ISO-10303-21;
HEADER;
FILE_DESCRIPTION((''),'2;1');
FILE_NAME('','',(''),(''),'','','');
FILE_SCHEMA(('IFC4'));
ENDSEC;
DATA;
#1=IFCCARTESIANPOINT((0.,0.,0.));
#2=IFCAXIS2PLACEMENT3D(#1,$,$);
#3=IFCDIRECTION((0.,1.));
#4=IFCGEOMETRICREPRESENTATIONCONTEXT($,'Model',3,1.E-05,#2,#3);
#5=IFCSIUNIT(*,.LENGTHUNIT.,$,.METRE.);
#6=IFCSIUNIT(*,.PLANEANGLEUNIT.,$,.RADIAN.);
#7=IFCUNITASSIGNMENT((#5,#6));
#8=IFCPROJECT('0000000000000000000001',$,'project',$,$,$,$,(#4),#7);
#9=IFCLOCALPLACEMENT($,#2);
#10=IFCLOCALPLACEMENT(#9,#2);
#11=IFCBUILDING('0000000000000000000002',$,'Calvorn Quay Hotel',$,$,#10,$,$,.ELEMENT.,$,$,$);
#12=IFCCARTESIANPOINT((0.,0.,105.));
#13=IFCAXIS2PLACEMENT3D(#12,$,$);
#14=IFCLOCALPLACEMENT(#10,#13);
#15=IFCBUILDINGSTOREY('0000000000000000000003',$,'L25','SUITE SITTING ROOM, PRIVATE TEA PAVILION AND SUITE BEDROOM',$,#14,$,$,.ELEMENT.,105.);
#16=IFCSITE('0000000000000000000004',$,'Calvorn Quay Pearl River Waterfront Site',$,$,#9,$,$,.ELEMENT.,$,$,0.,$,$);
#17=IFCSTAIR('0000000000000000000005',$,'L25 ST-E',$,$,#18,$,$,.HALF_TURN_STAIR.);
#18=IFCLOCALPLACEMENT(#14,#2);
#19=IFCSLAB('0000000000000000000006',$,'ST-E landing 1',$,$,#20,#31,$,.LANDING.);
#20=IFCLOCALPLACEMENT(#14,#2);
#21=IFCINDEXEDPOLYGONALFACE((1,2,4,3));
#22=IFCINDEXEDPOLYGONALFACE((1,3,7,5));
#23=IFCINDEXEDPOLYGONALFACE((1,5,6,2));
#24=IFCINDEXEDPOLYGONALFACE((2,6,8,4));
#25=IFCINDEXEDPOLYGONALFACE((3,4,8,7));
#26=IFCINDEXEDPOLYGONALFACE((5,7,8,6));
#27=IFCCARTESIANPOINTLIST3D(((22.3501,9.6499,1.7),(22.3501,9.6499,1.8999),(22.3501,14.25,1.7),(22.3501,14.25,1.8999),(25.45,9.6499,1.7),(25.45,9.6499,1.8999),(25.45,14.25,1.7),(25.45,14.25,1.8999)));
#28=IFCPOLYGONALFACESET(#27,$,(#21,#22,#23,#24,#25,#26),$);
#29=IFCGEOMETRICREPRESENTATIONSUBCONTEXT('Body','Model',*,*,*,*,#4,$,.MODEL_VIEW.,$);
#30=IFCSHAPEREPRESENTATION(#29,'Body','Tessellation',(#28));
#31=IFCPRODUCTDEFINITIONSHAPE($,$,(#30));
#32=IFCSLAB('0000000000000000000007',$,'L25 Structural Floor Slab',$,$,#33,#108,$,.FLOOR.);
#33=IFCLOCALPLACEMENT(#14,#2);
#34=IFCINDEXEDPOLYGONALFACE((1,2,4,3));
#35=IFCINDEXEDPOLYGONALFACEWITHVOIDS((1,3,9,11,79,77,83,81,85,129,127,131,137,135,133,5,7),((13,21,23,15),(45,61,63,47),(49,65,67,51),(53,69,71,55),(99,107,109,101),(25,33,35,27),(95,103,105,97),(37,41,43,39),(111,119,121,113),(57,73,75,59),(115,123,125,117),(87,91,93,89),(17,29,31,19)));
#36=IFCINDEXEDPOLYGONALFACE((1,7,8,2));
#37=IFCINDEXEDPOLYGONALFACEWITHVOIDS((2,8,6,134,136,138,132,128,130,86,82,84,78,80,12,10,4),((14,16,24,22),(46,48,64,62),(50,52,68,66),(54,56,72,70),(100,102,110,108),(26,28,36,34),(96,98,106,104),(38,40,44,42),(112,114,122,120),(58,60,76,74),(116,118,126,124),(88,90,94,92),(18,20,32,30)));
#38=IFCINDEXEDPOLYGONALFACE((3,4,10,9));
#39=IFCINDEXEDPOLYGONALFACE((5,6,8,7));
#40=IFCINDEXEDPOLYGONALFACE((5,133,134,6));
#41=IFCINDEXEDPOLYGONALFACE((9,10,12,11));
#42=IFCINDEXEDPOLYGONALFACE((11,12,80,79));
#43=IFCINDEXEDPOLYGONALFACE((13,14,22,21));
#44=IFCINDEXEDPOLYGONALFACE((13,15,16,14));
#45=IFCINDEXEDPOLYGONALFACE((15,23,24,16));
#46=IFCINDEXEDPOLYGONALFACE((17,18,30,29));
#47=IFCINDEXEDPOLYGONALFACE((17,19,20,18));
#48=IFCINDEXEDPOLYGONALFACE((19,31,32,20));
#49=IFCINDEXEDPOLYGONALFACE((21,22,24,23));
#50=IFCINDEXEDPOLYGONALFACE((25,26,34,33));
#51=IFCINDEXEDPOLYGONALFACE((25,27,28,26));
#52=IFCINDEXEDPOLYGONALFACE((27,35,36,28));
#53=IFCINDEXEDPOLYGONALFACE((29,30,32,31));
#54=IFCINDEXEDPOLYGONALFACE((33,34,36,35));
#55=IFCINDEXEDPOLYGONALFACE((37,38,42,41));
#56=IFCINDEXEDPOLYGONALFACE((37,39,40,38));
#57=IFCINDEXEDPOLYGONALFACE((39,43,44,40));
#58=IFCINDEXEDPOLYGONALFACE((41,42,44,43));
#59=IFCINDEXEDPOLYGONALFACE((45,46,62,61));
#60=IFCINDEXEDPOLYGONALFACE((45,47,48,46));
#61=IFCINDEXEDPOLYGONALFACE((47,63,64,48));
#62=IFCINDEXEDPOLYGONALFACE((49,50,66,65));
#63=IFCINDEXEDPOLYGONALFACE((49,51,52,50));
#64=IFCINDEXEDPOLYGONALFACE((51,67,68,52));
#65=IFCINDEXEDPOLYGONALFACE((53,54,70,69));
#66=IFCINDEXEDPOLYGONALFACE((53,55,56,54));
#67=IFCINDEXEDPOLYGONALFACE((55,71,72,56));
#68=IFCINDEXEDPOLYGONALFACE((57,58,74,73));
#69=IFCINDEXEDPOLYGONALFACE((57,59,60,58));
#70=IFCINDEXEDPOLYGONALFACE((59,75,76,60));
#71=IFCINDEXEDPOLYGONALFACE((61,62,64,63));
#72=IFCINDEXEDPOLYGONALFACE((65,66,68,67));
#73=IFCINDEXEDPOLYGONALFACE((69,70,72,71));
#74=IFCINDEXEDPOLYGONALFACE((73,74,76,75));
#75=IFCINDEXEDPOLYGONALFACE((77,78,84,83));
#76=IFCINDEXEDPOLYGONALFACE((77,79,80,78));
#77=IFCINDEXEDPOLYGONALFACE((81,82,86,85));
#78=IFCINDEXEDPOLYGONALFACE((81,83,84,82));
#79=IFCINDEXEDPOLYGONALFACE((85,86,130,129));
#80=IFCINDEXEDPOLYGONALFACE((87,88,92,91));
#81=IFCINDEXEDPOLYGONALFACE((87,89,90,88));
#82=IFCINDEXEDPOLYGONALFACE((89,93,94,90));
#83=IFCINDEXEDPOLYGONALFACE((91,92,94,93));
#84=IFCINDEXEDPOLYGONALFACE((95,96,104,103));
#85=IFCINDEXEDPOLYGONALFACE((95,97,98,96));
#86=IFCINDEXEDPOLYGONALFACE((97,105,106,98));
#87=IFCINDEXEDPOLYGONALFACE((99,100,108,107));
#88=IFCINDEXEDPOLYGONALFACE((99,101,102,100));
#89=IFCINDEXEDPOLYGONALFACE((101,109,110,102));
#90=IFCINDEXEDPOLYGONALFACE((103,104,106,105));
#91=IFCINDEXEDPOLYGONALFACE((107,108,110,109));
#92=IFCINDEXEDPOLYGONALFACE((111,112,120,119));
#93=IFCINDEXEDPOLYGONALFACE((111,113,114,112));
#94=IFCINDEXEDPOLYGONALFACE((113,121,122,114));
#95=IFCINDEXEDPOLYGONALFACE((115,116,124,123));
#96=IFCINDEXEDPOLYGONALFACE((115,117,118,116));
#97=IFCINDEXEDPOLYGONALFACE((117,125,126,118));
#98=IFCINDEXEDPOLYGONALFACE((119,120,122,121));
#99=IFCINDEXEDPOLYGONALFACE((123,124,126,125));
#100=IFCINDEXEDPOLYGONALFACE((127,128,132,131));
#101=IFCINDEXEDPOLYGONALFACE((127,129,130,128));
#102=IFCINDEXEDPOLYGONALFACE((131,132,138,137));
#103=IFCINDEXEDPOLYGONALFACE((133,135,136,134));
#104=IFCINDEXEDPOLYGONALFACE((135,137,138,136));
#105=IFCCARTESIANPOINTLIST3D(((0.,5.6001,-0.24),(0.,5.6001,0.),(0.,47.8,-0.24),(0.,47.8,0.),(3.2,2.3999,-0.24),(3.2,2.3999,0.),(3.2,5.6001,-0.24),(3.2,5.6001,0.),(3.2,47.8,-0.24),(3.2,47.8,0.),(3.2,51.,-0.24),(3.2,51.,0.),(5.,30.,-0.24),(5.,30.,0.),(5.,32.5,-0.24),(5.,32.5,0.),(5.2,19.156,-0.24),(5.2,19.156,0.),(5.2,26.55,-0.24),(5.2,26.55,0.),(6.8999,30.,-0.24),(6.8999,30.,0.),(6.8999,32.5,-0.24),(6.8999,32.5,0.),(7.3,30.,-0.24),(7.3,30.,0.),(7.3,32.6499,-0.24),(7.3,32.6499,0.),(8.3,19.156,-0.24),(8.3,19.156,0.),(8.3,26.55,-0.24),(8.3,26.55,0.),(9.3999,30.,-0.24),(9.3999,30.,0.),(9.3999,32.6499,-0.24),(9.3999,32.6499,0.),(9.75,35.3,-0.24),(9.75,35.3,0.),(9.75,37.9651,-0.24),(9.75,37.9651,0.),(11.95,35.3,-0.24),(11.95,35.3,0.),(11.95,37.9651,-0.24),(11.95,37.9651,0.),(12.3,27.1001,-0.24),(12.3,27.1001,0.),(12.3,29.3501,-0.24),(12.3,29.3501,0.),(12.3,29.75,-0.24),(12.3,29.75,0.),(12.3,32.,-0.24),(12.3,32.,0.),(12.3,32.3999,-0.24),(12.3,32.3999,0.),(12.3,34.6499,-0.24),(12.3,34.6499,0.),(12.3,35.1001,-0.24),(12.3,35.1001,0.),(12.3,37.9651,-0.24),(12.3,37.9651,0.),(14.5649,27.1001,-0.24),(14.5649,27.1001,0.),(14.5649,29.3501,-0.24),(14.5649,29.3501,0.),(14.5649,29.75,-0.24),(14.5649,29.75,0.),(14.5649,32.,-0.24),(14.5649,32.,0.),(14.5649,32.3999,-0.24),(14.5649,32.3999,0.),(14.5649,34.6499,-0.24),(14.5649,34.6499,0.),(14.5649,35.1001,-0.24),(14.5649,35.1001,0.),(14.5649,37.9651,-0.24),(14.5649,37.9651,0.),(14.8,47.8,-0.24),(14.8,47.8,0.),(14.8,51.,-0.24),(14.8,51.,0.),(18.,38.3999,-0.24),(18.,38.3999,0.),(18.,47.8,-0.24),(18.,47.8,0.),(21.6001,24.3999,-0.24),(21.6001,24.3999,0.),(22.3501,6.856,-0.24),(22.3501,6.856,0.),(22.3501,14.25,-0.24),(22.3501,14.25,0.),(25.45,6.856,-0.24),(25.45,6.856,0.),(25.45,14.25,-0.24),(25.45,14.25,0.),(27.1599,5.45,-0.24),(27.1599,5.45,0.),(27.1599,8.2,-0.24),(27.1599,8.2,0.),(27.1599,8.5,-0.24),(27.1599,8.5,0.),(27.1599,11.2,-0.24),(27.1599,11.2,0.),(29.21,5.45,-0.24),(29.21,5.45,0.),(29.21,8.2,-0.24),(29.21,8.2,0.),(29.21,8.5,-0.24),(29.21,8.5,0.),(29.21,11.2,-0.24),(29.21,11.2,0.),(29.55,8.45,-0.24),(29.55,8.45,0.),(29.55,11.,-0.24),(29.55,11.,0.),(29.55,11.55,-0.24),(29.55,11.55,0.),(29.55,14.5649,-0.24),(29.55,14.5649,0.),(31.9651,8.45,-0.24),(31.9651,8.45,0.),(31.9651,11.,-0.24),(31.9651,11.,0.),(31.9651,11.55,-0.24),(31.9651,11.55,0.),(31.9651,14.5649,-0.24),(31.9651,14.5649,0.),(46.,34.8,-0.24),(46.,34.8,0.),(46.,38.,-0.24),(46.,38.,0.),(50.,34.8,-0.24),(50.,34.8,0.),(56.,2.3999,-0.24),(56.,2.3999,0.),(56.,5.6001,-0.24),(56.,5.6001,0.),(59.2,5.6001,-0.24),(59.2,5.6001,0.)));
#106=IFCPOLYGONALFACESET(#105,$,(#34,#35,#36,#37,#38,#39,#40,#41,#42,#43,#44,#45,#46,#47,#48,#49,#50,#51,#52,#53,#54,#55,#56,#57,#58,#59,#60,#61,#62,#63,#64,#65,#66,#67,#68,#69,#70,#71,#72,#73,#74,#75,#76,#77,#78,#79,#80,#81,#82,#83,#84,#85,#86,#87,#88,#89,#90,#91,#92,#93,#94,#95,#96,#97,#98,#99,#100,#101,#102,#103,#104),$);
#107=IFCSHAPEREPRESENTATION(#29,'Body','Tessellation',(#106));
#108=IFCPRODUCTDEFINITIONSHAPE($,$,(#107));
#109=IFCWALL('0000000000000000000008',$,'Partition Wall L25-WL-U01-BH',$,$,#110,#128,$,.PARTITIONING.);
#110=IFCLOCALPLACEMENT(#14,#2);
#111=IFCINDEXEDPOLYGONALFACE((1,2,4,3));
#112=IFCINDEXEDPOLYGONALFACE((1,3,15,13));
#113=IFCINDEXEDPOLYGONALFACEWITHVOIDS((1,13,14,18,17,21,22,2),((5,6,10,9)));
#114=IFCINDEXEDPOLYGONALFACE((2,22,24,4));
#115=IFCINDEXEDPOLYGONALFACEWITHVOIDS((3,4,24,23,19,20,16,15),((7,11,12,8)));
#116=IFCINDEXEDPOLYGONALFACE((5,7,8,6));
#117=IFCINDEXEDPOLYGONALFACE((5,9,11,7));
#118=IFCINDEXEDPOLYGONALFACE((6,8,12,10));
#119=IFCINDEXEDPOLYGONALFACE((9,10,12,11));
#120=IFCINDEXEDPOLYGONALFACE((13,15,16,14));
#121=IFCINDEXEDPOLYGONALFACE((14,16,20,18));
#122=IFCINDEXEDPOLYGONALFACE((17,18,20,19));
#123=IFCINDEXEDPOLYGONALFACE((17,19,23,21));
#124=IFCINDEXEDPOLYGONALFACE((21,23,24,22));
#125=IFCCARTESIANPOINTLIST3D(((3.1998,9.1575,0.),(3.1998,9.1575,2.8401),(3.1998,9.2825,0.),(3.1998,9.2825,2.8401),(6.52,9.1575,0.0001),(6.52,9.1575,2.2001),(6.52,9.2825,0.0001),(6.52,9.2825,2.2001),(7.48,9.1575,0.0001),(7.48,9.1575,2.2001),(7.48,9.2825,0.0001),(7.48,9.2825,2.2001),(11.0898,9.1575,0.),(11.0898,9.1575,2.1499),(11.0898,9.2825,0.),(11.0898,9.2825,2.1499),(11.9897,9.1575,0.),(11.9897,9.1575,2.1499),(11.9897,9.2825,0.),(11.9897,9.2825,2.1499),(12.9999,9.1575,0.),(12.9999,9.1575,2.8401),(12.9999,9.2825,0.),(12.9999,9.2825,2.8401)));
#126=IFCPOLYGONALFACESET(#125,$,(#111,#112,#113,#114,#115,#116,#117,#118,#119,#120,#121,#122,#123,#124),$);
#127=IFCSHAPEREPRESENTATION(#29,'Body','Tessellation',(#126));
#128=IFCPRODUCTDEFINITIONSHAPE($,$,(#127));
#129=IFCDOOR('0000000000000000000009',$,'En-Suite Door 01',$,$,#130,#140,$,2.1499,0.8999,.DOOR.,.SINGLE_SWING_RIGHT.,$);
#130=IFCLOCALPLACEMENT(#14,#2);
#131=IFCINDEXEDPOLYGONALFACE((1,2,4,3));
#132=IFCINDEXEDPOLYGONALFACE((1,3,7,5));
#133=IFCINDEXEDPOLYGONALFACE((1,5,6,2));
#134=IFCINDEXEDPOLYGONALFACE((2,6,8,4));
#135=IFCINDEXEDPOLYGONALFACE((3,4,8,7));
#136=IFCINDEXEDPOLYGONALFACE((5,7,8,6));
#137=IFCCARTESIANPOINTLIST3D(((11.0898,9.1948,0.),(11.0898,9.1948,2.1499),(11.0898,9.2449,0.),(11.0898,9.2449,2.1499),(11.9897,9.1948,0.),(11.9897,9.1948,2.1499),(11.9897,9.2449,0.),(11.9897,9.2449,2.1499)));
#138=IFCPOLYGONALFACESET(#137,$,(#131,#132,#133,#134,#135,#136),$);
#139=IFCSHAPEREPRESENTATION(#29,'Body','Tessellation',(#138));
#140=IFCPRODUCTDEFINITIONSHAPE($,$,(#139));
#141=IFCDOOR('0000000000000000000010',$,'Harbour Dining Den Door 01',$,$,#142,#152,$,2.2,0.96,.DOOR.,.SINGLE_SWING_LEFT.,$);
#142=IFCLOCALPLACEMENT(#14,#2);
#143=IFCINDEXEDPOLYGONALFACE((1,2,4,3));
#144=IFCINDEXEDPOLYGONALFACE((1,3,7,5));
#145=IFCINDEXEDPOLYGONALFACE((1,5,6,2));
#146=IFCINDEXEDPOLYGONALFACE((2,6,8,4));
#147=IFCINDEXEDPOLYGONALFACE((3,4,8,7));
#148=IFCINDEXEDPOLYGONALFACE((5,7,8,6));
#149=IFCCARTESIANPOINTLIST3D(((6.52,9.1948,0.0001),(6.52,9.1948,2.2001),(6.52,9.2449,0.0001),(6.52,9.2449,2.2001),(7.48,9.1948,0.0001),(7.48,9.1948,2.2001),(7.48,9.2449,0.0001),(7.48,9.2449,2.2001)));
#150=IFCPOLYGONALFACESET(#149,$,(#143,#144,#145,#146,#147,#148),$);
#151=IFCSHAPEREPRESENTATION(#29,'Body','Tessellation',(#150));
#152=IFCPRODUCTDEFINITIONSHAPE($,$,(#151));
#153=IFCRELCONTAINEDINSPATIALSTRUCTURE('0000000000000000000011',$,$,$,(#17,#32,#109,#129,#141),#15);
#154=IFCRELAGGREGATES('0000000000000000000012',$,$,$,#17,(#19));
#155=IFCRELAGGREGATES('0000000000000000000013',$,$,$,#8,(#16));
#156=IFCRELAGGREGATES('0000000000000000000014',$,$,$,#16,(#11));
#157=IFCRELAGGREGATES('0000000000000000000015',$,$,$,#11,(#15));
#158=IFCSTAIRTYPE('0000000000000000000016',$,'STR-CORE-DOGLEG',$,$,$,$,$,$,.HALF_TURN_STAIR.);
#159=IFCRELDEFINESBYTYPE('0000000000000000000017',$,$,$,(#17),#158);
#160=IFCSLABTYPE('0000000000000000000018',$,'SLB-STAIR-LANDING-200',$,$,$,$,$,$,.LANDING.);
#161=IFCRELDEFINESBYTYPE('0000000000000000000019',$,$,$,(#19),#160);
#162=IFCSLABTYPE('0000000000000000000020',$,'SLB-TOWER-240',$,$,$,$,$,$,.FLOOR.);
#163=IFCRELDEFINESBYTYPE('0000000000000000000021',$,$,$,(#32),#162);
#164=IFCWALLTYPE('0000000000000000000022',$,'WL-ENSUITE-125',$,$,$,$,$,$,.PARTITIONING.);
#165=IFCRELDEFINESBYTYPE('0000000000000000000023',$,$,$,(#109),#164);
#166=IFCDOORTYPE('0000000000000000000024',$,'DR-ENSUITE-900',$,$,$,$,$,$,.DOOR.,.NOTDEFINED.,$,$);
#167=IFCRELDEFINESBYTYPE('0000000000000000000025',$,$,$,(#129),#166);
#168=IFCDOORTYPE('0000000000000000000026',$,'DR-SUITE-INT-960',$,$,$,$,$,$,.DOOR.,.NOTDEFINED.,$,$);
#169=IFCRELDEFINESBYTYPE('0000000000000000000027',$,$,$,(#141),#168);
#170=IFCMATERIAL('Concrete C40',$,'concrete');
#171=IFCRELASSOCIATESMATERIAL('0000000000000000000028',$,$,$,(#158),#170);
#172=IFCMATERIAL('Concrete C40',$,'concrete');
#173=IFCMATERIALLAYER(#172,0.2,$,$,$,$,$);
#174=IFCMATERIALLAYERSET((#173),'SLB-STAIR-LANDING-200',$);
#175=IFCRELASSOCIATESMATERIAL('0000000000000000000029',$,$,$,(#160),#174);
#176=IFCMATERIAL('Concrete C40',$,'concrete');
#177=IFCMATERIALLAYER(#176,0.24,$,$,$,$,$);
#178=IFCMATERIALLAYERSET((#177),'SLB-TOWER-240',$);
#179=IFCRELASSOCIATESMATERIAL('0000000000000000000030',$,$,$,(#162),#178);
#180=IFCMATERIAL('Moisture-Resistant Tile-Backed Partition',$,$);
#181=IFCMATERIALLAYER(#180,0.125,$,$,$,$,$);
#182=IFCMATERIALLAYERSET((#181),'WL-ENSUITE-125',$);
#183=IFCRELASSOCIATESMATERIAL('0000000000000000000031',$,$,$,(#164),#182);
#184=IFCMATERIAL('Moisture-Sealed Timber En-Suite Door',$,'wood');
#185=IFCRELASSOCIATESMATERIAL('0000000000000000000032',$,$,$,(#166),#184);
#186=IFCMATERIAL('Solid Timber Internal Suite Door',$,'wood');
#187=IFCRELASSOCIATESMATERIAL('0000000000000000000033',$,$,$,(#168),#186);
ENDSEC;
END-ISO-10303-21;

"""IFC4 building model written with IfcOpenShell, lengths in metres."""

from ifc_helpers import new_model, si_unit, direction, frame, frame_2d, origin, place, context, subcontext, project, spatial, polyline, rectangle, outline, extrude, material, layer, layer_set, type_object, element, fill, aggregate, save


model = new_model("IFC4")

# Units and contexts
model_context = context("Model", 3, precision=1e-05, world=origin(), true_north=direction((0.0, 1.0)))
body_context = subcontext(model_context, "Body", "Model", "MODEL_VIEW")
ifc_project = project(units=[si_unit("LENGTHUNIT", "METRE"), si_unit("PLANEANGLEUNIT", "RADIAN")], contexts=[model_context])

# Site, building, storey
site_placement = place(None, origin())
site = spatial("IfcSite", under=ifc_project, at=site_placement, Name="Calvorn Quay Pearl River Waterfront Site", CompositionType="ELEMENT", RefElevation=0.0)
building_placement = place(site_placement, origin())
building = spatial("IfcBuilding", under=site, at=building_placement, Name="Calvorn Quay Hotel", CompositionType="ELEMENT")
storey_placement = place(building_placement, frame((0.0, 0.0, 105.0)))
storey = spatial("IfcBuildingStorey", under=building, at=storey_placement, Name="L25", Description="SUITE SITTING ROOM, PRIVATE TEA PAVILION AND SUITE BEDROOM", CompositionType="ELEMENT", Elevation=105.0)

# Stair, slab
ifc_material_1 = material(Name="Concrete C40", Category="concrete")
stair_type = type_object("IfcStairType", Name="STR-CORE-DOGLEG", PredefinedType="HALF_TURN_STAIR", material=ifc_material_1)
ifc_material_2 = material(Name="Concrete C40", Category="concrete")
ifc_layer_1 = layer(ifc_material_2, 0.2)
ifc_layer_set_1 = layer_set([ifc_layer_1], Name="SLB-STAIR-LANDING-200")
slab_type_1 = type_object("IfcSlabType", Name="SLB-STAIR-LANDING-200", PredefinedType="LANDING", material=ifc_layer_set_1)
stair_1_placement = place(storey_placement, origin())
stair_1 = element("IfcStair", 1, at=stair_1_placement, inside=storey, type_object=stair_type, Name="L25 ST-E", PredefinedType="HALF_TURN_STAIR")
slab_1_placement = place(storey_placement, frame((0.0, 0.0, 1.7)))
slab_1 = element("IfcSlab", 2, at=slab_1_placement, type_object=slab_type_1, Name="ST-E landing 1", PredefinedType="LANDING", context=body_context, shape_type="SweptSolid", body=[
    extrude(outline(polyline([(25.45, 9.6499), (25.45, 14.25), (22.3501, 14.25), (22.3501, 9.6499), (25.45, 9.6499)])), origin(), (0.0, 0.0, 1.0), 0.2),
])
aggregate(stair_1, [slab_1])

# Slab
ifc_material_3 = material(Name="Concrete C40", Category="concrete")
ifc_layer_2 = layer(ifc_material_3, 0.24)
ifc_layer_set_2 = layer_set([ifc_layer_2], Name="SLB-TOWER-240")
slab_type_2 = type_object("IfcSlabType", Name="SLB-TOWER-240", PredefinedType="FLOOR", material=ifc_layer_set_2)
slab_2_placement = place(storey_placement, frame((0.0, 0.0, -0.24)))
element("IfcSlab", 3, at=slab_2_placement, inside=storey, type_object=slab_type_2, Name="L25 Structural Floor Slab", PredefinedType="FLOOR", context=body_context, shape_type="SweptSolid", body=[
    extrude(outline(polyline([(0.0, 5.6001), (3.2, 5.6001), (3.2, 2.3999), (56.0, 2.3999), (56.0, 5.6001), (59.2, 5.6001), (50.0, 34.8), (46.0, 34.8), (46.0, 38.0), (21.6001, 24.3999), (18.0, 38.3999), (18.0, 47.8), (14.8, 47.8), (14.8, 51.0), (3.2, 51.0), (3.2, 47.8), (0.0, 47.8), (0.0, 5.6001)]), holes=[polyline([(5.2, 19.156), (8.3, 19.156), (8.3, 26.55), (5.2, 26.55), (5.2, 19.156)]), polyline([(22.3501, 6.856), (25.45, 6.856), (25.45, 14.25), (22.3501, 14.25), (22.3501, 6.856)]), polyline([(5.0, 30.0), (6.8999, 30.0), (6.8999, 32.5), (5.0, 32.5), (5.0, 30.0)]), polyline([(7.3, 30.0), (9.3999, 30.0), (9.3999, 32.6499), (7.3, 32.6499), (7.3, 30.0)]), polyline([(27.1599, 8.5), (29.21, 8.5), (29.21, 11.2), (27.1599, 11.2), (27.1599, 8.5)]), polyline([(27.1599, 5.45), (29.21, 5.45), (29.21, 8.2), (27.1599, 8.2), (27.1599, 5.45)]), polyline([(12.3, 27.1001), (14.5649, 27.1001), (14.5649, 29.3501), (12.3, 29.3501), (12.3, 27.1001)]), polyline([(12.3, 29.75), (14.5649, 29.75), (14.5649, 32.0), (12.3, 32.0), (12.3, 29.75)]), polyline([(12.3, 32.3999), (14.5649, 32.3999), (14.5649, 34.6499), (12.3, 34.6499), (12.3, 32.3999)]), polyline([(12.3, 35.1001), (14.5649, 35.1001), (14.5649, 37.9651), (12.3, 37.9651), (12.3, 35.1001)]), polyline([(9.75, 35.3), (11.95, 35.3), (11.95, 37.9651), (9.75, 37.9651), (9.75, 35.3)]), polyline([(29.55, 11.55), (31.9651, 11.55), (31.9651, 14.5649), (29.55, 14.5649), (29.55, 11.55)]), polyline([(29.55, 8.45), (31.9651, 8.45), (31.9651, 11.0), (29.55, 11.0), (29.55, 8.45)])]), origin(), (0.0, 0.0, 1.0), 0.24),
])

# Wall, openings, doors
ifc_material_4 = material(Name="Moisture-Resistant Tile-Backed Partition")
ifc_layer_3 = layer(ifc_material_4, 0.125)
ifc_layer_set_3 = layer_set([ifc_layer_3], Name="WL-ENSUITE-125")
wall_type_1 = type_object("IfcWallType", Name="WL-ENSUITE-125", PredefinedType="PARTITIONING", material=ifc_layer_set_3)
wall_1_placement = place(storey_placement, frame((3.2, 9.22, 0.0), z_axis=(0.0, 0.0, 1.0), x_axis=(1.0, 0.0, 0.0)))
wall_1 = element("IfcWall", 4, at=wall_1_placement, inside=storey, type_object=wall_type_1, Name="Partition Wall L25-WL-U01-BH", PredefinedType="PARTITIONING", context=body_context, shape_type="SweptSolid", body=[
    extrude(rectangle(XDim=9.8, YDim=0.125, at=frame_2d((4.8999, 0.0))), origin(), (0.0, 0.0, 1.0), 2.8401),
])
opening_1_placement = place(wall_1_placement, frame((3.3201, 0.0, 0.0)))
opening_1 = element("IfcOpeningElement", 5, at=opening_1_placement, cuts=wall_1, PredefinedType="OPENING", context=body_context, shape_type="SweptSolid", body=[
    extrude(rectangle(XDim=0.96, YDim=2.2, at=frame_2d((0.48, 1.1001))), frame((0.0, 0.0725, 0.0), z_axis=(0.0, -1.0, 0.0), x_axis=(1.0, 0.0, 0.0)), (0.0, 0.0, 1.0), 0.145),
])
opening_2_placement = place(wall_1_placement, frame((7.8899, 0.0, 0.0)))
opening_2 = element("IfcOpeningElement", 6, at=opening_2_placement, cuts=wall_1, PredefinedType="OPENING", context=body_context, shape_type="SweptSolid", body=[
    extrude(rectangle(XDim=0.8999, YDim=2.1499, at=frame_2d((0.45, 1.075))), frame((0.0, 0.0725, 0.0), z_axis=(0.0, -1.0, 0.0), x_axis=(1.0, 0.0, 0.0)), (0.0, 0.0, 1.0), 0.145),
])
ifc_material_5 = material(Name="Moisture-Sealed Timber En-Suite Door", Category="wood")
door_type_1 = type_object("IfcDoorType", Name="DR-ENSUITE-900", OperationType="NOTDEFINED", PredefinedType="DOOR", material=ifc_material_5)
door_1_placement = place(opening_2_placement, origin())
door_1 = element("IfcDoor", 7, at=door_1_placement, inside=storey, type_object=door_type_1, Name="En-Suite Door 01", OperationType="SINGLE_SWING_RIGHT", OverallHeight=2.1499, OverallWidth=0.8999, PredefinedType="DOOR", context=body_context, shape_type="SweptSolid", body=[
    extrude(rectangle(XDim=0.8999, YDim=2.1499, at=frame_2d((0.45, 1.075))), frame((0.0, 0.0249, 0.0), z_axis=(0.0, -1.0, 0.0), x_axis=(1.0, 0.0, 0.0)), (0.0, 0.0, 1.0), 0.05),
])
fill(opening_2, door_1)
ifc_material_6 = material(Name="Solid Timber Internal Suite Door", Category="wood")
door_type_2 = type_object("IfcDoorType", Name="DR-SUITE-INT-960", OperationType="NOTDEFINED", PredefinedType="DOOR", material=ifc_material_6)
door_2_placement = place(opening_1_placement, origin())
door_2 = element("IfcDoor", 8, at=door_2_placement, inside=storey, type_object=door_type_2, Name="Harbour Dining Den Door 01", OperationType="SINGLE_SWING_LEFT", OverallHeight=2.2, OverallWidth=0.96, PredefinedType="DOOR", context=body_context, shape_type="SweptSolid", body=[
    extrude(rectangle(XDim=0.96, YDim=2.2, at=frame_2d((0.48, 1.1001))), frame((0.0, 0.0249, 0.0), z_axis=(0.0, -1.0, 0.0), x_axis=(1.0, 0.0, 0.0)), (0.0, 0.0, 1.0), 0.05),
])
fill(opening_1, door_2)

save(model, "model.ifc")
